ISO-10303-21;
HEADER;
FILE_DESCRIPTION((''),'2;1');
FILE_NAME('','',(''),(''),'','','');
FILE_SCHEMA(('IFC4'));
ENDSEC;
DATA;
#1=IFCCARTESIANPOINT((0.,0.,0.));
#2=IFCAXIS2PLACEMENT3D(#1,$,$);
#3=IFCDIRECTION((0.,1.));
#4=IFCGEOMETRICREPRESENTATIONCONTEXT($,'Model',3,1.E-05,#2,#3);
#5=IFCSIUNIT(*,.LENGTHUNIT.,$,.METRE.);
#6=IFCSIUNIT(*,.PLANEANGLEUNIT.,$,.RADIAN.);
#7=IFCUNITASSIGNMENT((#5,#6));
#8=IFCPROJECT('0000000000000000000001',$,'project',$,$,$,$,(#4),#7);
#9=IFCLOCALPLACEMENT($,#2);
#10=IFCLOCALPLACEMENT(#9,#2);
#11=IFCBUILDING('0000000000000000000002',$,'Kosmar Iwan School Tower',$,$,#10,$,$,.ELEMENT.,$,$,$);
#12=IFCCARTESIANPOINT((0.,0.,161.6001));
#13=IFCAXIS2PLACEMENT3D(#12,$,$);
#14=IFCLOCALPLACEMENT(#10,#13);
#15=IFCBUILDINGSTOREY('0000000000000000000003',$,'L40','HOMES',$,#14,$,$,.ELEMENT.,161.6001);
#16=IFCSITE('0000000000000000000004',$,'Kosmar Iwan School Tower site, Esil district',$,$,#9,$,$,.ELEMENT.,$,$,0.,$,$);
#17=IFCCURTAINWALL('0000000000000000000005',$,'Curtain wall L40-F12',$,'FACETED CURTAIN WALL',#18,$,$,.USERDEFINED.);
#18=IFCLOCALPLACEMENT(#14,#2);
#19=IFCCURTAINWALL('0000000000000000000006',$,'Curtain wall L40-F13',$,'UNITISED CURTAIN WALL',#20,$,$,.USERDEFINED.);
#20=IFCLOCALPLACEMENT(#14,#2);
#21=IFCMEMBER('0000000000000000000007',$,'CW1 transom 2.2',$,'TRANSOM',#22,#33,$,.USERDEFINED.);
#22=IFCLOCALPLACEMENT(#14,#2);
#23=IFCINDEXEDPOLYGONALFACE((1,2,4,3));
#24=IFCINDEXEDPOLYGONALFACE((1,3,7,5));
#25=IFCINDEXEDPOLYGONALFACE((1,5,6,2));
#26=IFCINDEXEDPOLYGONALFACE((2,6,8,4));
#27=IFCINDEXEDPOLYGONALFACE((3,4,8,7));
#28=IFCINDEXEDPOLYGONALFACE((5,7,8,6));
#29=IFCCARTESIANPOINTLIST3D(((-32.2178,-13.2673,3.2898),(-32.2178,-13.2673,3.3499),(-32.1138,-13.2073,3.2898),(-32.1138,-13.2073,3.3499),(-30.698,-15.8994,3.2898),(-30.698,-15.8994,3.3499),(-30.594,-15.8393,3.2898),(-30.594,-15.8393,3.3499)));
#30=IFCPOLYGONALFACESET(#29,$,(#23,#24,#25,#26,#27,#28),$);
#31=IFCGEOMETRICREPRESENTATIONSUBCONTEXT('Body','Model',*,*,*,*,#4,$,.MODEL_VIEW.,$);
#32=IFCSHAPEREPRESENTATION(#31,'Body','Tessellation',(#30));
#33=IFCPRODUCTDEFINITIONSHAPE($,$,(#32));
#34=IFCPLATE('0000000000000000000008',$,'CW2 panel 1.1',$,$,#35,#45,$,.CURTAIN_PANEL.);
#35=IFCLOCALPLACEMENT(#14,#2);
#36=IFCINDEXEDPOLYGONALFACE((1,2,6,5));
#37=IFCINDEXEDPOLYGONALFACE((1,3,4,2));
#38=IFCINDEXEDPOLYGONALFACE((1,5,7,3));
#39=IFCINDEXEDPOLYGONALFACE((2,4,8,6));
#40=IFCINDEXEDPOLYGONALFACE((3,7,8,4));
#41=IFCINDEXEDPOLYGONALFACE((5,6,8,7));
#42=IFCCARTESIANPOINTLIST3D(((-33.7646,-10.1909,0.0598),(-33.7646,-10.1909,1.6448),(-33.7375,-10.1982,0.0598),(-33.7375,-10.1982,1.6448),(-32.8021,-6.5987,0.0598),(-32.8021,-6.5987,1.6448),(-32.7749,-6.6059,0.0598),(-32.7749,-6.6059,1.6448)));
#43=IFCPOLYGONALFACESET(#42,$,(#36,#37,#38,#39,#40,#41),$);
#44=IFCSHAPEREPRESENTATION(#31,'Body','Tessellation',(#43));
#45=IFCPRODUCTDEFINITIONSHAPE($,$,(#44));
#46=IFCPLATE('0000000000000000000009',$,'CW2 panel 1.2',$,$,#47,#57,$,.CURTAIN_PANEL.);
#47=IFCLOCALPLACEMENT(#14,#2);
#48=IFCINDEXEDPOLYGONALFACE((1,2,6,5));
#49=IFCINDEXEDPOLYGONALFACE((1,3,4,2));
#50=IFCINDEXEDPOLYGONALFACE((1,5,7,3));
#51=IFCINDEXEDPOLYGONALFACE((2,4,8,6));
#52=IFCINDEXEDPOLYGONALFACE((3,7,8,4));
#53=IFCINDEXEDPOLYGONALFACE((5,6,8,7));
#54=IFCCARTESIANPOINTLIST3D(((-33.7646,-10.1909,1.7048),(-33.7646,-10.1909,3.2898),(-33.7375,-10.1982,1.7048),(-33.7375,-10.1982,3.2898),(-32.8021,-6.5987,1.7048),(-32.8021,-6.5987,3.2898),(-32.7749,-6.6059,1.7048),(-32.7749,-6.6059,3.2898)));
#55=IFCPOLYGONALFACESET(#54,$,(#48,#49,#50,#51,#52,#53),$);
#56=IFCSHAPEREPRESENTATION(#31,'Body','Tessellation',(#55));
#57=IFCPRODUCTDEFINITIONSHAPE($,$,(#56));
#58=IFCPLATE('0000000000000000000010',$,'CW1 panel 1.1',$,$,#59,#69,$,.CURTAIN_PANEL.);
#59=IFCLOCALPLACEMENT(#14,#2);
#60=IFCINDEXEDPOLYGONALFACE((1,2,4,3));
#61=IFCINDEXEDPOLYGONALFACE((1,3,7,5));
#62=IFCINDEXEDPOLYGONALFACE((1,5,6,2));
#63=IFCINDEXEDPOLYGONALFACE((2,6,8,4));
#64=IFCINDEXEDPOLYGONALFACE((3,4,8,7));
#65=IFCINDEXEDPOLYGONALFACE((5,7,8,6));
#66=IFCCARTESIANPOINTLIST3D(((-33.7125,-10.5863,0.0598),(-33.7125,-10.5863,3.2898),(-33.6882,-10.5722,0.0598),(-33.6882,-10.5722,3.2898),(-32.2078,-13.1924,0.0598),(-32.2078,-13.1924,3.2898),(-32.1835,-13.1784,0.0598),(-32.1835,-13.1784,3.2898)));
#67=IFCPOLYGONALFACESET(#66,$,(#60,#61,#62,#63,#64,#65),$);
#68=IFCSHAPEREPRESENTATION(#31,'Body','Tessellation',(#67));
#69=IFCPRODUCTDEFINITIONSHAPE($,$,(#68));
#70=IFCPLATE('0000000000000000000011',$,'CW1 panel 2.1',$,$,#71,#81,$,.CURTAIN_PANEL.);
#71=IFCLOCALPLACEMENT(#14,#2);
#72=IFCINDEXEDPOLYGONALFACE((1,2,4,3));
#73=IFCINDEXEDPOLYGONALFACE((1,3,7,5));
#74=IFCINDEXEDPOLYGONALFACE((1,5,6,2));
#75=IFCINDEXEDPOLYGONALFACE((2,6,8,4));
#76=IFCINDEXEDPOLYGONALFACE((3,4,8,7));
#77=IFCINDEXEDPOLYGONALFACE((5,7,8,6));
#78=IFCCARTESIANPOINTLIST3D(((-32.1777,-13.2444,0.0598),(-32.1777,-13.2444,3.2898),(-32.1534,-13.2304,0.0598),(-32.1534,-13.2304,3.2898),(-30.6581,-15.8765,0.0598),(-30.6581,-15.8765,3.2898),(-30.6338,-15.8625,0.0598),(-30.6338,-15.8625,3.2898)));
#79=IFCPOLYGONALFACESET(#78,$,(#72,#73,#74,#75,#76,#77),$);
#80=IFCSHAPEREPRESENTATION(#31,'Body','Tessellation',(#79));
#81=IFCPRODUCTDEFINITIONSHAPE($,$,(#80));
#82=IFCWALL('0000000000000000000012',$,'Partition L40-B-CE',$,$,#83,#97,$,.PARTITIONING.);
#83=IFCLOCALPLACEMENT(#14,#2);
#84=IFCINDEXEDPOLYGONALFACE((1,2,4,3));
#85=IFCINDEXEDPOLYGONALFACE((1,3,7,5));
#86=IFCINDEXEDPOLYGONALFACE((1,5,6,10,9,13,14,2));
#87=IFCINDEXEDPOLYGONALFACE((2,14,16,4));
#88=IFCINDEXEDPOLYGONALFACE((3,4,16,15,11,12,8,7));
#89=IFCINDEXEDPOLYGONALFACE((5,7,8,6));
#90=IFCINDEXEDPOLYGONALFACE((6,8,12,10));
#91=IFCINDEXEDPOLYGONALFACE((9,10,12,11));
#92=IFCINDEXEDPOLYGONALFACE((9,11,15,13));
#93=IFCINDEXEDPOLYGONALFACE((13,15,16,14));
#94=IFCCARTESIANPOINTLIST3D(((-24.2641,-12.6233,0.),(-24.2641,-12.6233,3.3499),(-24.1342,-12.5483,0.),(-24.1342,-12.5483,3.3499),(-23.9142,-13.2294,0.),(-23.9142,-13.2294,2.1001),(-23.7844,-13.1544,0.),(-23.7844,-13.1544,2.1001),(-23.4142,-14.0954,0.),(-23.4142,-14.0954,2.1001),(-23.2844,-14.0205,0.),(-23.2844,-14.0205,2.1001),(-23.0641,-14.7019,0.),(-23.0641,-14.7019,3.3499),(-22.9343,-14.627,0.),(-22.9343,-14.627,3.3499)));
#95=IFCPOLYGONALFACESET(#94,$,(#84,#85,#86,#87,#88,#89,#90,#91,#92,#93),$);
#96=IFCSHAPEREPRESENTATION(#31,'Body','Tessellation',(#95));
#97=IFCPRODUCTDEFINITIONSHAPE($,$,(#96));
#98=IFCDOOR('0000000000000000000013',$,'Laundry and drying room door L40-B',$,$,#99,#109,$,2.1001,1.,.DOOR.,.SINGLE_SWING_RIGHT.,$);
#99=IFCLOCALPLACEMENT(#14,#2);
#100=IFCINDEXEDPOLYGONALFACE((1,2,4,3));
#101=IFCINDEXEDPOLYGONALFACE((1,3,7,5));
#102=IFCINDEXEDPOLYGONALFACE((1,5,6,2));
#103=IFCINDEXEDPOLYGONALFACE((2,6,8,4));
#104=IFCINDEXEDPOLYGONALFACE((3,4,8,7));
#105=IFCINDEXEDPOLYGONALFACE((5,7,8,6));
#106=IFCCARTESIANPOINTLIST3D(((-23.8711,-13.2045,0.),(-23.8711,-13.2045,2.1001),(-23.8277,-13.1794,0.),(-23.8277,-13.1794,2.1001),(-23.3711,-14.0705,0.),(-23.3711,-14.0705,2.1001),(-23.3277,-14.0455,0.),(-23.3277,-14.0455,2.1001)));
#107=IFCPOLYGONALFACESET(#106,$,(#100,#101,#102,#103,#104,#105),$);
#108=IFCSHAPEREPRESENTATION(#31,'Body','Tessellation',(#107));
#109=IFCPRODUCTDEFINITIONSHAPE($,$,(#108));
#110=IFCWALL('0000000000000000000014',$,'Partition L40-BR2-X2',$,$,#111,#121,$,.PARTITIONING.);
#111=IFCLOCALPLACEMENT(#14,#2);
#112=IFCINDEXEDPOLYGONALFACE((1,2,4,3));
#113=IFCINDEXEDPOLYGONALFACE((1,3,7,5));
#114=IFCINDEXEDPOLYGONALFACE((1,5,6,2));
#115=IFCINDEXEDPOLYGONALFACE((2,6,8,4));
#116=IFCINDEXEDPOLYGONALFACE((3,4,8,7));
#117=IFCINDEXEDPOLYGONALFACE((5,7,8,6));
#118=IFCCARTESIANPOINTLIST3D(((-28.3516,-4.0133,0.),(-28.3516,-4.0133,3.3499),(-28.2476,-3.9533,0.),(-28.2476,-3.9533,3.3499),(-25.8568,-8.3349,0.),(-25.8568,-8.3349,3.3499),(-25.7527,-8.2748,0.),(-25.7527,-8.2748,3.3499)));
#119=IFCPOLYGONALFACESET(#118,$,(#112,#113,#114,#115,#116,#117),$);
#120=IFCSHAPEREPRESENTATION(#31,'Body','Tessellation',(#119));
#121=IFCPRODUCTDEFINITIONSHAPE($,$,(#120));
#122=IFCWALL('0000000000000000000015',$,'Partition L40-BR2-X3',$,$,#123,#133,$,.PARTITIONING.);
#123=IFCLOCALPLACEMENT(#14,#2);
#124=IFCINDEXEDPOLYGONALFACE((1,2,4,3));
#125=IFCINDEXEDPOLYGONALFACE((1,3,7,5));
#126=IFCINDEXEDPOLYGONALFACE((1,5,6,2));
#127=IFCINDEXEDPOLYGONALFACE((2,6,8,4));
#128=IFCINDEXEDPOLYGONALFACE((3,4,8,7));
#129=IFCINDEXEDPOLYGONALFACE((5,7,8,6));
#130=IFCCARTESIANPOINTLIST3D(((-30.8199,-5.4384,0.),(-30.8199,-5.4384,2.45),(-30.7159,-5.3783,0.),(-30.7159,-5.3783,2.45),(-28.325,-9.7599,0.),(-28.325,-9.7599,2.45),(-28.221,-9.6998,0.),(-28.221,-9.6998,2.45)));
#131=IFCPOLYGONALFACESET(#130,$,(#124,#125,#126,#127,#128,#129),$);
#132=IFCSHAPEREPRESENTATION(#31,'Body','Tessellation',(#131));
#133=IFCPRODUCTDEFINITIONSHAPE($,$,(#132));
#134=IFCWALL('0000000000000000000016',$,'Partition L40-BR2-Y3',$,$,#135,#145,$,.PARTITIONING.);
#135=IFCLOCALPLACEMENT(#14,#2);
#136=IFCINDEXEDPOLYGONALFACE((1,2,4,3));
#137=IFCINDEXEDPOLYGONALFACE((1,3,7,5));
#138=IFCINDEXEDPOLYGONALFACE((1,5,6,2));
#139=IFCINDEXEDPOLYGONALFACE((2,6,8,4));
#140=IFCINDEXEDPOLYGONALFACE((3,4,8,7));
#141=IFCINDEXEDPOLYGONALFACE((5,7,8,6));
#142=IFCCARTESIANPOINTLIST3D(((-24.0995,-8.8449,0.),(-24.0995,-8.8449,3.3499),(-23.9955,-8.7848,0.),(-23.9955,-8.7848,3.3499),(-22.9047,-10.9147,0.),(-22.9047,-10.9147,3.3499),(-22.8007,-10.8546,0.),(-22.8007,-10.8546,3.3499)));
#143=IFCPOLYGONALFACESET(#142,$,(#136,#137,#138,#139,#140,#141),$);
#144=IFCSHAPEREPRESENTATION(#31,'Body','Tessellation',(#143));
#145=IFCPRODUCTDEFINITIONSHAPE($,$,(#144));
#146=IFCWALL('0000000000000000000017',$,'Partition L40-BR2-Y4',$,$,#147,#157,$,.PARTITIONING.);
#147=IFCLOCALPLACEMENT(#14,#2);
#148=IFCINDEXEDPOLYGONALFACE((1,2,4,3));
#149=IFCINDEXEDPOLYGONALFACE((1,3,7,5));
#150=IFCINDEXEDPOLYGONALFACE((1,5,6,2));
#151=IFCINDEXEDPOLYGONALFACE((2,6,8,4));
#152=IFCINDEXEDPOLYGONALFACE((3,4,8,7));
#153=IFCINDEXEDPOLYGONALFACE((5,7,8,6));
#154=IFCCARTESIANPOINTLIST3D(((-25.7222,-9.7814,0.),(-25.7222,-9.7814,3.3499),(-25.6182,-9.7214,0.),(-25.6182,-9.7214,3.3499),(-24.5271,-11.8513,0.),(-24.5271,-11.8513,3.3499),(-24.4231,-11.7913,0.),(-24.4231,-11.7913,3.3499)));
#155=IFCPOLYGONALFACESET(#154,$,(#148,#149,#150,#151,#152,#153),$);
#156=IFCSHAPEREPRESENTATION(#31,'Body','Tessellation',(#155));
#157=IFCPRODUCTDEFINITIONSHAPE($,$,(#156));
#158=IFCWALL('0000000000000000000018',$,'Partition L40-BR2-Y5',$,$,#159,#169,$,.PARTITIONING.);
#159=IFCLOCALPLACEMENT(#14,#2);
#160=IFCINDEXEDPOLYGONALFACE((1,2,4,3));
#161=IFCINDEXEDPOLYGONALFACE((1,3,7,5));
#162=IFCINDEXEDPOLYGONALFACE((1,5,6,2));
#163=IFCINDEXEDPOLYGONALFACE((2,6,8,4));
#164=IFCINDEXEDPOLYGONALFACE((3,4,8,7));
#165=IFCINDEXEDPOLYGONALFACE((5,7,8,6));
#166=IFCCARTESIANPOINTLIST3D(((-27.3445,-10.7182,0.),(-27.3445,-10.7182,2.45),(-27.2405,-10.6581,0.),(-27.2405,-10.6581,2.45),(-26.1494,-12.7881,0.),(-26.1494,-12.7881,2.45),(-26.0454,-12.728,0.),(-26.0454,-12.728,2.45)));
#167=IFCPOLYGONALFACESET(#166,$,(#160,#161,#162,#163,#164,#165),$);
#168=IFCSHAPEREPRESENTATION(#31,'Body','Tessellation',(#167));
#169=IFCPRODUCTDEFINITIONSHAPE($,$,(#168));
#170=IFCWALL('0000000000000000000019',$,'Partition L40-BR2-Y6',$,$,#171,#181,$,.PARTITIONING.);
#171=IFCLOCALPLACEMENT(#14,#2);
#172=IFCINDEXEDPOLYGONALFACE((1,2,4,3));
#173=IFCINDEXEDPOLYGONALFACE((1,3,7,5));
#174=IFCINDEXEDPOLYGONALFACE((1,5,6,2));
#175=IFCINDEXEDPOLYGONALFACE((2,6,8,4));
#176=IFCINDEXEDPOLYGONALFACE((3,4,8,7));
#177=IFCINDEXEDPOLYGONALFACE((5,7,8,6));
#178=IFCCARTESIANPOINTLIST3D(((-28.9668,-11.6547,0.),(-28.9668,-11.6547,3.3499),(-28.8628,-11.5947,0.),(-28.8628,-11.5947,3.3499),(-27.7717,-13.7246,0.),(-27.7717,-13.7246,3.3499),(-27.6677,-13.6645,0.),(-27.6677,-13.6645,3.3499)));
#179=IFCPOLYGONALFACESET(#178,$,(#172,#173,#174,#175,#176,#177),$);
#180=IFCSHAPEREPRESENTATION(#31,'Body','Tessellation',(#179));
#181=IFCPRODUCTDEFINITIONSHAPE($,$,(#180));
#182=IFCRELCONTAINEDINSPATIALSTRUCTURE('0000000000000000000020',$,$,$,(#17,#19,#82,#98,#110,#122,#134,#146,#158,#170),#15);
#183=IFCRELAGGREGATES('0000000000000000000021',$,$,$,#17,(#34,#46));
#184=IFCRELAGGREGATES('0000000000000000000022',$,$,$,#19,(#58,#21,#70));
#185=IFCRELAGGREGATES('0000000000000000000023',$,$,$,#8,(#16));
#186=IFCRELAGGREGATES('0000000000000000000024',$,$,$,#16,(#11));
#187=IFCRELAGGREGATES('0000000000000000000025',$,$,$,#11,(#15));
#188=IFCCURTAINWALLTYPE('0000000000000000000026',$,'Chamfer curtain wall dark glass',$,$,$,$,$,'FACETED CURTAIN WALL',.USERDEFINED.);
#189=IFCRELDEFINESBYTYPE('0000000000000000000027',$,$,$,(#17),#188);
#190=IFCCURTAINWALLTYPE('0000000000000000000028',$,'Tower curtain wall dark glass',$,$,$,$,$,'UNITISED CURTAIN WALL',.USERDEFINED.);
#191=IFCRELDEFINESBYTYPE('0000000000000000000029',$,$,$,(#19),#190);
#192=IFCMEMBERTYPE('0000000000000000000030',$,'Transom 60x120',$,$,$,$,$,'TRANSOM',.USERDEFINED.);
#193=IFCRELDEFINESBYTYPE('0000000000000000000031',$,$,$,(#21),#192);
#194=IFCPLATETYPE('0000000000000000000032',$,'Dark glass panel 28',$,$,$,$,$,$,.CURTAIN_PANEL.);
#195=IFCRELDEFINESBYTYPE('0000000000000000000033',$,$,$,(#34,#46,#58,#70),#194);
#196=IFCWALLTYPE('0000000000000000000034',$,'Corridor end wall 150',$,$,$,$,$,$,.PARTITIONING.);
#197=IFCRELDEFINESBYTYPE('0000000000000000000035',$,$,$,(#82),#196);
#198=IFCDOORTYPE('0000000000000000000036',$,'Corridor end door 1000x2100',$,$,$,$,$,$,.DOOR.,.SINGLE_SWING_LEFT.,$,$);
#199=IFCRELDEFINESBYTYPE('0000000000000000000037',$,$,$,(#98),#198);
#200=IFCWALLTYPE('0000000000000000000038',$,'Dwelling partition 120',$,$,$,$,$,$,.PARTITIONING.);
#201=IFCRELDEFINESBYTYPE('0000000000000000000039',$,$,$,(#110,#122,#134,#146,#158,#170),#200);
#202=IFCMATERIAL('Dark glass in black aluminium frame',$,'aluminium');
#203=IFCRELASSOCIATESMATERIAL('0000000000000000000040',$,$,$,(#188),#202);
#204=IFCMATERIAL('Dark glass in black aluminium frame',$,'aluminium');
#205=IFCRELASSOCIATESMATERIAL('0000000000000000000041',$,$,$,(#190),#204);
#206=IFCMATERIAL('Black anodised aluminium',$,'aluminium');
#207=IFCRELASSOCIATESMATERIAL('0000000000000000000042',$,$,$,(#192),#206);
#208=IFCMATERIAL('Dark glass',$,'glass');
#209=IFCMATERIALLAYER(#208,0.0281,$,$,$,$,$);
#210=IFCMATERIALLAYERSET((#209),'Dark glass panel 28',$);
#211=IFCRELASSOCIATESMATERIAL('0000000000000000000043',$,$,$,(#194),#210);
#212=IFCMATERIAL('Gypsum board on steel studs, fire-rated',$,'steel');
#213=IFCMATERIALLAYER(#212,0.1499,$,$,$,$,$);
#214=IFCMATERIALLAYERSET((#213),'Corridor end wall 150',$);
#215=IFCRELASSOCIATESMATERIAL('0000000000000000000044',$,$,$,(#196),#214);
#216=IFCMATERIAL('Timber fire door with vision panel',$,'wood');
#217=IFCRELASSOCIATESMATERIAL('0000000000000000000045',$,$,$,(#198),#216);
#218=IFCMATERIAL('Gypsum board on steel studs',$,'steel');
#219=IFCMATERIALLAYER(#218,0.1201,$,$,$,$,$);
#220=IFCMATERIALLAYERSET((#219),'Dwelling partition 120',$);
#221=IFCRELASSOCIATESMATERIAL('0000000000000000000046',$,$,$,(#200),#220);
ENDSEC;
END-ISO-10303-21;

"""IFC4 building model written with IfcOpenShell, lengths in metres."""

from ifc_helpers import new_model, si_unit, direction, frame, frame_2d, origin, origin_2d, place, context, subcontext, project, spatial, rectangle, extrude, material, layer, layer_set, material_profile, profile_set, type_object, element, fill, aggregate, save


model = new_model("IFC4")

# Units and contexts
model_context = context("Model", 3, precision=1e-05, world=origin(), true_north=direction((0.0, 1.0)))
body_context = subcontext(model_context, "Body", "Model", "MODEL_VIEW")
ifc_project = project(units=[si_unit("LENGTHUNIT", "METRE"), si_unit("PLANEANGLEUNIT", "RADIAN")], contexts=[model_context])

# Site, building, storey
site_placement = place(None, origin())
site = spatial("IfcSite", under=ifc_project, at=site_placement, Name="Kosmar Iwan School Tower site, Esil district", CompositionType="ELEMENT", RefElevation=0.0)
building_placement = place(site_placement, origin())
building = spatial("IfcBuilding", under=site, at=building_placement, Name="Kosmar Iwan School Tower", CompositionType="ELEMENT")
storey_placement = place(building_placement, frame((0.0, 0.0, 161.6001)))
storey = spatial("IfcBuildingStorey", under=building, at=storey_placement, Name="L40", Description="HOMES", CompositionType="ELEMENT", Elevation=161.6001)

# Curtain wall
ifc_material_1 = material(Name="Dark glass in black aluminium frame", Category="aluminium")
curtain_wall_type_1 = type_object("IfcCurtainWallType", Name="Chamfer curtain wall dark glass", ElementType="FACETED CURTAIN WALL", PredefinedType="USERDEFINED", material=ifc_material_1)
curtain_wall_1_placement = place(storey_placement, origin())
curtain_wall_1 = element("IfcCurtainWall", 1, at=curtain_wall_1_placement, inside=storey, type_object=curtain_wall_type_1, Name="Curtain wall L40-F12", ObjectType="FACETED CURTAIN WALL", PredefinedType="USERDEFINED")

# Curtain wall
ifc_material_2 = material(Name="Dark glass in black aluminium frame", Category="aluminium")
curtain_wall_type_2 = type_object("IfcCurtainWallType", Name="Tower curtain wall dark glass", ElementType="UNITISED CURTAIN WALL", PredefinedType="USERDEFINED", material=ifc_material_2)
curtain_wall_2_placement = place(storey_placement, origin())
curtain_wall_2 = element("IfcCurtainWall", 2, at=curtain_wall_2_placement, inside=storey, type_object=curtain_wall_type_2, Name="Curtain wall L40-F13", ObjectType="UNITISED CURTAIN WALL", PredefinedType="USERDEFINED")

# Member
ifc_material_3 = material(Name="Black anodised aluminium", Category="aluminium")
ifc_material_profile_1 = material_profile(ifc_material_3, rectangle(XDim=0.1201, YDim=0.0601, at=origin_2d()), Name="TRANSOM 60x120")
ifc_profile_set_1 = profile_set([ifc_material_profile_1], Name="Black anodised aluminium")
member_type_1 = type_object("IfcMemberType", Name="Transom 60x120", ElementType="TRANSOM", PredefinedType="USERDEFINED", material=ifc_profile_set_1)
member_1_placement = place(storey_placement, frame((-32.1658, -13.2373, 3.3198), z_axis=(0.500035, -0.866005, 0.0), x_axis=(0.866005, 0.500035, 0.0)))
member_1 = element("IfcMember", 3, at=member_1_placement, type_object=member_type_1, Name="CW1 transom 2.2", ObjectType="TRANSOM", PredefinedType="USERDEFINED", context=body_context, shape_type="SweptSolid", body=[
    extrude(rectangle(XDim=0.1201, YDim=0.0601, at=origin_2d()), origin(), (0.0, 0.0, 1.0), 3.0393),
])

# Plates
ifc_material_4 = material(Name="Dark glass", Category="glass")
ifc_layer_1 = layer(ifc_material_4, 0.0281)
ifc_layer_set_1 = layer_set([ifc_layer_1], Name="Dark glass panel 28")
plate_type = type_object("IfcPlateType", Name="Dark glass panel 28", PredefinedType="CURTAIN_PANEL", material=ifc_layer_set_1)
plate_1_placement = place(storey_placement, frame((-33.2698, -8.3984, 0.0598), z_axis=(0.0, 0.0, 1.0), x_axis=(-0.258819, -0.965926, 0.0)))
plate_1 = element("IfcPlate", 4, at=plate_1_placement, type_object=plate_type, Name="CW2 panel 1.1", PredefinedType="CURTAIN_PANEL", context=body_context, shape_type="SweptSolid", body=[
    extrude(rectangle(XDim=3.719, YDim=0.0281, at=origin_2d()), origin(), (0.0, 0.0, 1.0), 1.585),
])
plate_2_placement = place(storey_placement, frame((-33.2698, -8.3984, 1.7048), z_axis=(0.0, 0.0, 1.0), x_axis=(-0.258819, -0.965926, 0.0)))
plate_2 = element("IfcPlate", 5, at=plate_2_placement, type_object=plate_type, Name="CW2 panel 1.2", PredefinedType="CURTAIN_PANEL", context=body_context, shape_type="SweptSolid", body=[
    extrude(rectangle(XDim=3.719, YDim=0.0281, at=origin_2d()), origin(), (0.0, 0.0, 1.0), 1.585),
])
aggregate(curtain_wall_1, [plate_1, plate_2])
plate_3_placement = place(storey_placement, frame((-32.948, -11.8823, 0.0598), z_axis=(0.0, 0.0, 1.0), x_axis=(0.5, -0.866025, 0.0)))
plate_3 = element("IfcPlate", 6, at=plate_3_placement, type_object=plate_type, Name="CW1 panel 1.1", PredefinedType="CURTAIN_PANEL", context=body_context, shape_type="SweptSolid", body=[
    extrude(rectangle(XDim=3.0093, YDim=0.0281, at=origin_2d()), origin(), (0.0, 0.0, 1.0), 3.23),
])
plate_4_placement = place(storey_placement, frame((-31.4058, -14.5535, 0.0598), z_axis=(0.0, 0.0, 1.0), x_axis=(0.5, -0.866025, 0.0)))
plate_4 = element("IfcPlate", 7, at=plate_4_placement, type_object=plate_type, Name="CW1 panel 2.1", PredefinedType="CURTAIN_PANEL", context=body_context, shape_type="SweptSolid", body=[
    extrude(rectangle(XDim=3.0393, YDim=0.0281, at=origin_2d()), origin(), (0.0, 0.0, 1.0), 3.23),
])
aggregate(curtain_wall_2, [plate_3, member_1, plate_4])

# Wall, opening, door
ifc_material_5 = material(Name="Gypsum board on steel studs, fire-rated", Category="steel")
ifc_layer_2 = layer(ifc_material_5, 0.1499)
ifc_layer_set_2 = layer_set([ifc_layer_2], Name="Corridor end wall 150")
wall_type_1 = type_object("IfcWallType", Name="Corridor end wall 150", PredefinedType="PARTITIONING", material=ifc_layer_set_2)
wall_1_placement = place(storey_placement, frame((-24.1992, -12.5857, 0.0), z_axis=(0.0, 0.0, 1.0), x_axis=(0.499957, -0.86605, 0.0)))
wall_1 = element("IfcWall", 8, at=wall_1_placement, inside=storey, type_object=wall_type_1, Name="Partition L40-B-CE", PredefinedType="PARTITIONING", context=body_context, shape_type="SweptSolid", body=[
    extrude(rectangle(XDim=2.4001, YDim=0.1499, at=frame_2d((1.2002, 0.0))), origin(), (0.0, 0.0, 1.0), 3.3499),
])
opening_placement = place(wall_1_placement, frame((0.7, 0.0, 0.0)))
opening = element("IfcOpeningElement", 9, at=opening_placement, cuts=wall_1, PredefinedType="OPENING", context=body_context, shape_type="SweptSolid", body=[
    extrude(rectangle(XDim=1.0, YDim=2.1001, at=frame_2d((0.5, 1.05))), frame((0.0, 0.0869, 0.0), z_axis=(0.0, -1.0, 0.0), x_axis=(1.0, 0.0, 0.0)), (0.0, 0.0, 1.0), 0.1738),
])
ifc_material_6 = material(Name="Timber fire door with vision panel", Category="wood")
door_type = type_object("IfcDoorType", Name="Corridor end door 1000x2100", OperationType="SINGLE_SWING_LEFT", PredefinedType="DOOR", material=ifc_material_6)
door_placement = place(opening_placement, origin())
door = element("IfcDoor", 10, at=door_placement, inside=storey, type_object=door_type, Name="Laundry and drying room door L40-B", OperationType="SINGLE_SWING_RIGHT", OverallHeight=2.1001, OverallWidth=1.0, PredefinedType="DOOR", context=body_context, shape_type="SweptSolid", body=[
    extrude(rectangle(XDim=1.0, YDim=2.1001, at=frame_2d((0.5, 1.05))), frame((0.0, 0.0249, 0.0), z_axis=(0.0, -1.0, 0.0), x_axis=(1.0, 0.0, 0.0)), (0.0, 0.0, 1.0), 0.05),
])
fill(opening, door)

# Walls
ifc_material_7 = material(Name="Gypsum board on steel studs", Category="steel")
ifc_layer_3 = layer(ifc_material_7, 0.1201)
ifc_layer_set_3 = layer_set([ifc_layer_3], Name="Dwelling partition 120")
wall_type_2 = type_object("IfcWallType", Name="Dwelling partition 120", PredefinedType="PARTITIONING", material=ifc_layer_set_3)
wall_2_placement = place(storey_placement, frame((-25.8047, -8.3049, 0.0), z_axis=(0.0, 0.0, 1.0), x_axis=(-0.499975, 0.86604, 0.0)))
element("IfcWall", 11, at=wall_2_placement, inside=storey, type_object=wall_type_2, Name="Partition L40-BR2-X2", PredefinedType="PARTITIONING", context=body_context, shape_type="SweptSolid", body=[
    extrude(rectangle(XDim=4.99, YDim=0.1201, at=frame_2d((2.4951, 0.0))), origin(), (0.0, 0.0, 1.0), 3.3499),
])
wall_3_placement = place(storey_placement, frame((-28.2729, -9.73, 0.0), z_axis=(0.0, 0.0, 1.0), x_axis=(-0.499975, 0.86604, 0.0)))
element("IfcWall", 12, at=wall_3_placement, inside=storey, type_object=wall_type_2, Name="Partition L40-BR2-X3", PredefinedType="PARTITIONING", context=body_context, shape_type="SweptSolid", body=[
    extrude(rectangle(XDim=4.99, YDim=0.1201, at=frame_2d((2.4951, 0.0))), origin(), (0.0, 0.0, 1.0), 2.45),
])
wall_4_placement = place(storey_placement, frame((-22.8528, -10.8845, 0.0), z_axis=(0.0, 0.0, 1.0), x_axis=(-0.499941, 0.86606, 0.0)))
element("IfcWall", 13, at=wall_4_placement, inside=storey, type_object=wall_type_2, Name="Partition L40-BR2-Y3", PredefinedType="PARTITIONING", context=body_context, shape_type="SweptSolid", body=[
    extrude(rectangle(XDim=2.3899, YDim=0.1201, at=frame_2d((1.1948, 0.0))), origin(), (0.0, 0.0, 1.0), 3.3499),
])
wall_5_placement = place(storey_placement, frame((-24.4751, -11.8213, 0.0), z_axis=(0.0, 0.0, 1.0), x_axis=(-0.500017, 0.866015, 0.0)))
element("IfcWall", 14, at=wall_5_placement, inside=storey, type_object=wall_type_2, Name="Partition L40-BR2-Y4", PredefinedType="PARTITIONING", context=body_context, shape_type="SweptSolid", body=[
    extrude(rectangle(XDim=2.3901, YDim=0.1201, at=frame_2d((1.1951, 0.0))), origin(), (0.0, 0.0, 1.0), 3.3499),
])
wall_6_placement = place(storey_placement, frame((-26.0974, -12.7581, 0.0), z_axis=(0.0, 0.0, 1.0), x_axis=(-0.500017, 0.866015, 0.0)))
element("IfcWall", 15, at=wall_6_placement, inside=storey, type_object=wall_type_2, Name="Partition L40-BR2-Y5", PredefinedType="PARTITIONING", context=body_context, shape_type="SweptSolid", body=[
    extrude(rectangle(XDim=2.3901, YDim=0.1201, at=frame_2d((1.1951, 0.0))), origin(), (0.0, 0.0, 1.0), 2.45),
])
wall_7_placement = place(storey_placement, frame((-27.7197, -13.6946, 0.0), z_axis=(0.0, 0.0, 1.0), x_axis=(-0.500017, 0.866015, 0.0)))
element("IfcWall", 16, at=wall_7_placement, inside=storey, type_object=wall_type_2, Name="Partition L40-BR2-Y6", PredefinedType="PARTITIONING", context=body_context, shape_type="SweptSolid", body=[
    extrude(rectangle(XDim=2.3901, YDim=0.1201, at=frame_2d((1.1951, 0.0))), origin(), (0.0, 0.0, 1.0), 3.3499),
])

save(model, "model.ifc")
